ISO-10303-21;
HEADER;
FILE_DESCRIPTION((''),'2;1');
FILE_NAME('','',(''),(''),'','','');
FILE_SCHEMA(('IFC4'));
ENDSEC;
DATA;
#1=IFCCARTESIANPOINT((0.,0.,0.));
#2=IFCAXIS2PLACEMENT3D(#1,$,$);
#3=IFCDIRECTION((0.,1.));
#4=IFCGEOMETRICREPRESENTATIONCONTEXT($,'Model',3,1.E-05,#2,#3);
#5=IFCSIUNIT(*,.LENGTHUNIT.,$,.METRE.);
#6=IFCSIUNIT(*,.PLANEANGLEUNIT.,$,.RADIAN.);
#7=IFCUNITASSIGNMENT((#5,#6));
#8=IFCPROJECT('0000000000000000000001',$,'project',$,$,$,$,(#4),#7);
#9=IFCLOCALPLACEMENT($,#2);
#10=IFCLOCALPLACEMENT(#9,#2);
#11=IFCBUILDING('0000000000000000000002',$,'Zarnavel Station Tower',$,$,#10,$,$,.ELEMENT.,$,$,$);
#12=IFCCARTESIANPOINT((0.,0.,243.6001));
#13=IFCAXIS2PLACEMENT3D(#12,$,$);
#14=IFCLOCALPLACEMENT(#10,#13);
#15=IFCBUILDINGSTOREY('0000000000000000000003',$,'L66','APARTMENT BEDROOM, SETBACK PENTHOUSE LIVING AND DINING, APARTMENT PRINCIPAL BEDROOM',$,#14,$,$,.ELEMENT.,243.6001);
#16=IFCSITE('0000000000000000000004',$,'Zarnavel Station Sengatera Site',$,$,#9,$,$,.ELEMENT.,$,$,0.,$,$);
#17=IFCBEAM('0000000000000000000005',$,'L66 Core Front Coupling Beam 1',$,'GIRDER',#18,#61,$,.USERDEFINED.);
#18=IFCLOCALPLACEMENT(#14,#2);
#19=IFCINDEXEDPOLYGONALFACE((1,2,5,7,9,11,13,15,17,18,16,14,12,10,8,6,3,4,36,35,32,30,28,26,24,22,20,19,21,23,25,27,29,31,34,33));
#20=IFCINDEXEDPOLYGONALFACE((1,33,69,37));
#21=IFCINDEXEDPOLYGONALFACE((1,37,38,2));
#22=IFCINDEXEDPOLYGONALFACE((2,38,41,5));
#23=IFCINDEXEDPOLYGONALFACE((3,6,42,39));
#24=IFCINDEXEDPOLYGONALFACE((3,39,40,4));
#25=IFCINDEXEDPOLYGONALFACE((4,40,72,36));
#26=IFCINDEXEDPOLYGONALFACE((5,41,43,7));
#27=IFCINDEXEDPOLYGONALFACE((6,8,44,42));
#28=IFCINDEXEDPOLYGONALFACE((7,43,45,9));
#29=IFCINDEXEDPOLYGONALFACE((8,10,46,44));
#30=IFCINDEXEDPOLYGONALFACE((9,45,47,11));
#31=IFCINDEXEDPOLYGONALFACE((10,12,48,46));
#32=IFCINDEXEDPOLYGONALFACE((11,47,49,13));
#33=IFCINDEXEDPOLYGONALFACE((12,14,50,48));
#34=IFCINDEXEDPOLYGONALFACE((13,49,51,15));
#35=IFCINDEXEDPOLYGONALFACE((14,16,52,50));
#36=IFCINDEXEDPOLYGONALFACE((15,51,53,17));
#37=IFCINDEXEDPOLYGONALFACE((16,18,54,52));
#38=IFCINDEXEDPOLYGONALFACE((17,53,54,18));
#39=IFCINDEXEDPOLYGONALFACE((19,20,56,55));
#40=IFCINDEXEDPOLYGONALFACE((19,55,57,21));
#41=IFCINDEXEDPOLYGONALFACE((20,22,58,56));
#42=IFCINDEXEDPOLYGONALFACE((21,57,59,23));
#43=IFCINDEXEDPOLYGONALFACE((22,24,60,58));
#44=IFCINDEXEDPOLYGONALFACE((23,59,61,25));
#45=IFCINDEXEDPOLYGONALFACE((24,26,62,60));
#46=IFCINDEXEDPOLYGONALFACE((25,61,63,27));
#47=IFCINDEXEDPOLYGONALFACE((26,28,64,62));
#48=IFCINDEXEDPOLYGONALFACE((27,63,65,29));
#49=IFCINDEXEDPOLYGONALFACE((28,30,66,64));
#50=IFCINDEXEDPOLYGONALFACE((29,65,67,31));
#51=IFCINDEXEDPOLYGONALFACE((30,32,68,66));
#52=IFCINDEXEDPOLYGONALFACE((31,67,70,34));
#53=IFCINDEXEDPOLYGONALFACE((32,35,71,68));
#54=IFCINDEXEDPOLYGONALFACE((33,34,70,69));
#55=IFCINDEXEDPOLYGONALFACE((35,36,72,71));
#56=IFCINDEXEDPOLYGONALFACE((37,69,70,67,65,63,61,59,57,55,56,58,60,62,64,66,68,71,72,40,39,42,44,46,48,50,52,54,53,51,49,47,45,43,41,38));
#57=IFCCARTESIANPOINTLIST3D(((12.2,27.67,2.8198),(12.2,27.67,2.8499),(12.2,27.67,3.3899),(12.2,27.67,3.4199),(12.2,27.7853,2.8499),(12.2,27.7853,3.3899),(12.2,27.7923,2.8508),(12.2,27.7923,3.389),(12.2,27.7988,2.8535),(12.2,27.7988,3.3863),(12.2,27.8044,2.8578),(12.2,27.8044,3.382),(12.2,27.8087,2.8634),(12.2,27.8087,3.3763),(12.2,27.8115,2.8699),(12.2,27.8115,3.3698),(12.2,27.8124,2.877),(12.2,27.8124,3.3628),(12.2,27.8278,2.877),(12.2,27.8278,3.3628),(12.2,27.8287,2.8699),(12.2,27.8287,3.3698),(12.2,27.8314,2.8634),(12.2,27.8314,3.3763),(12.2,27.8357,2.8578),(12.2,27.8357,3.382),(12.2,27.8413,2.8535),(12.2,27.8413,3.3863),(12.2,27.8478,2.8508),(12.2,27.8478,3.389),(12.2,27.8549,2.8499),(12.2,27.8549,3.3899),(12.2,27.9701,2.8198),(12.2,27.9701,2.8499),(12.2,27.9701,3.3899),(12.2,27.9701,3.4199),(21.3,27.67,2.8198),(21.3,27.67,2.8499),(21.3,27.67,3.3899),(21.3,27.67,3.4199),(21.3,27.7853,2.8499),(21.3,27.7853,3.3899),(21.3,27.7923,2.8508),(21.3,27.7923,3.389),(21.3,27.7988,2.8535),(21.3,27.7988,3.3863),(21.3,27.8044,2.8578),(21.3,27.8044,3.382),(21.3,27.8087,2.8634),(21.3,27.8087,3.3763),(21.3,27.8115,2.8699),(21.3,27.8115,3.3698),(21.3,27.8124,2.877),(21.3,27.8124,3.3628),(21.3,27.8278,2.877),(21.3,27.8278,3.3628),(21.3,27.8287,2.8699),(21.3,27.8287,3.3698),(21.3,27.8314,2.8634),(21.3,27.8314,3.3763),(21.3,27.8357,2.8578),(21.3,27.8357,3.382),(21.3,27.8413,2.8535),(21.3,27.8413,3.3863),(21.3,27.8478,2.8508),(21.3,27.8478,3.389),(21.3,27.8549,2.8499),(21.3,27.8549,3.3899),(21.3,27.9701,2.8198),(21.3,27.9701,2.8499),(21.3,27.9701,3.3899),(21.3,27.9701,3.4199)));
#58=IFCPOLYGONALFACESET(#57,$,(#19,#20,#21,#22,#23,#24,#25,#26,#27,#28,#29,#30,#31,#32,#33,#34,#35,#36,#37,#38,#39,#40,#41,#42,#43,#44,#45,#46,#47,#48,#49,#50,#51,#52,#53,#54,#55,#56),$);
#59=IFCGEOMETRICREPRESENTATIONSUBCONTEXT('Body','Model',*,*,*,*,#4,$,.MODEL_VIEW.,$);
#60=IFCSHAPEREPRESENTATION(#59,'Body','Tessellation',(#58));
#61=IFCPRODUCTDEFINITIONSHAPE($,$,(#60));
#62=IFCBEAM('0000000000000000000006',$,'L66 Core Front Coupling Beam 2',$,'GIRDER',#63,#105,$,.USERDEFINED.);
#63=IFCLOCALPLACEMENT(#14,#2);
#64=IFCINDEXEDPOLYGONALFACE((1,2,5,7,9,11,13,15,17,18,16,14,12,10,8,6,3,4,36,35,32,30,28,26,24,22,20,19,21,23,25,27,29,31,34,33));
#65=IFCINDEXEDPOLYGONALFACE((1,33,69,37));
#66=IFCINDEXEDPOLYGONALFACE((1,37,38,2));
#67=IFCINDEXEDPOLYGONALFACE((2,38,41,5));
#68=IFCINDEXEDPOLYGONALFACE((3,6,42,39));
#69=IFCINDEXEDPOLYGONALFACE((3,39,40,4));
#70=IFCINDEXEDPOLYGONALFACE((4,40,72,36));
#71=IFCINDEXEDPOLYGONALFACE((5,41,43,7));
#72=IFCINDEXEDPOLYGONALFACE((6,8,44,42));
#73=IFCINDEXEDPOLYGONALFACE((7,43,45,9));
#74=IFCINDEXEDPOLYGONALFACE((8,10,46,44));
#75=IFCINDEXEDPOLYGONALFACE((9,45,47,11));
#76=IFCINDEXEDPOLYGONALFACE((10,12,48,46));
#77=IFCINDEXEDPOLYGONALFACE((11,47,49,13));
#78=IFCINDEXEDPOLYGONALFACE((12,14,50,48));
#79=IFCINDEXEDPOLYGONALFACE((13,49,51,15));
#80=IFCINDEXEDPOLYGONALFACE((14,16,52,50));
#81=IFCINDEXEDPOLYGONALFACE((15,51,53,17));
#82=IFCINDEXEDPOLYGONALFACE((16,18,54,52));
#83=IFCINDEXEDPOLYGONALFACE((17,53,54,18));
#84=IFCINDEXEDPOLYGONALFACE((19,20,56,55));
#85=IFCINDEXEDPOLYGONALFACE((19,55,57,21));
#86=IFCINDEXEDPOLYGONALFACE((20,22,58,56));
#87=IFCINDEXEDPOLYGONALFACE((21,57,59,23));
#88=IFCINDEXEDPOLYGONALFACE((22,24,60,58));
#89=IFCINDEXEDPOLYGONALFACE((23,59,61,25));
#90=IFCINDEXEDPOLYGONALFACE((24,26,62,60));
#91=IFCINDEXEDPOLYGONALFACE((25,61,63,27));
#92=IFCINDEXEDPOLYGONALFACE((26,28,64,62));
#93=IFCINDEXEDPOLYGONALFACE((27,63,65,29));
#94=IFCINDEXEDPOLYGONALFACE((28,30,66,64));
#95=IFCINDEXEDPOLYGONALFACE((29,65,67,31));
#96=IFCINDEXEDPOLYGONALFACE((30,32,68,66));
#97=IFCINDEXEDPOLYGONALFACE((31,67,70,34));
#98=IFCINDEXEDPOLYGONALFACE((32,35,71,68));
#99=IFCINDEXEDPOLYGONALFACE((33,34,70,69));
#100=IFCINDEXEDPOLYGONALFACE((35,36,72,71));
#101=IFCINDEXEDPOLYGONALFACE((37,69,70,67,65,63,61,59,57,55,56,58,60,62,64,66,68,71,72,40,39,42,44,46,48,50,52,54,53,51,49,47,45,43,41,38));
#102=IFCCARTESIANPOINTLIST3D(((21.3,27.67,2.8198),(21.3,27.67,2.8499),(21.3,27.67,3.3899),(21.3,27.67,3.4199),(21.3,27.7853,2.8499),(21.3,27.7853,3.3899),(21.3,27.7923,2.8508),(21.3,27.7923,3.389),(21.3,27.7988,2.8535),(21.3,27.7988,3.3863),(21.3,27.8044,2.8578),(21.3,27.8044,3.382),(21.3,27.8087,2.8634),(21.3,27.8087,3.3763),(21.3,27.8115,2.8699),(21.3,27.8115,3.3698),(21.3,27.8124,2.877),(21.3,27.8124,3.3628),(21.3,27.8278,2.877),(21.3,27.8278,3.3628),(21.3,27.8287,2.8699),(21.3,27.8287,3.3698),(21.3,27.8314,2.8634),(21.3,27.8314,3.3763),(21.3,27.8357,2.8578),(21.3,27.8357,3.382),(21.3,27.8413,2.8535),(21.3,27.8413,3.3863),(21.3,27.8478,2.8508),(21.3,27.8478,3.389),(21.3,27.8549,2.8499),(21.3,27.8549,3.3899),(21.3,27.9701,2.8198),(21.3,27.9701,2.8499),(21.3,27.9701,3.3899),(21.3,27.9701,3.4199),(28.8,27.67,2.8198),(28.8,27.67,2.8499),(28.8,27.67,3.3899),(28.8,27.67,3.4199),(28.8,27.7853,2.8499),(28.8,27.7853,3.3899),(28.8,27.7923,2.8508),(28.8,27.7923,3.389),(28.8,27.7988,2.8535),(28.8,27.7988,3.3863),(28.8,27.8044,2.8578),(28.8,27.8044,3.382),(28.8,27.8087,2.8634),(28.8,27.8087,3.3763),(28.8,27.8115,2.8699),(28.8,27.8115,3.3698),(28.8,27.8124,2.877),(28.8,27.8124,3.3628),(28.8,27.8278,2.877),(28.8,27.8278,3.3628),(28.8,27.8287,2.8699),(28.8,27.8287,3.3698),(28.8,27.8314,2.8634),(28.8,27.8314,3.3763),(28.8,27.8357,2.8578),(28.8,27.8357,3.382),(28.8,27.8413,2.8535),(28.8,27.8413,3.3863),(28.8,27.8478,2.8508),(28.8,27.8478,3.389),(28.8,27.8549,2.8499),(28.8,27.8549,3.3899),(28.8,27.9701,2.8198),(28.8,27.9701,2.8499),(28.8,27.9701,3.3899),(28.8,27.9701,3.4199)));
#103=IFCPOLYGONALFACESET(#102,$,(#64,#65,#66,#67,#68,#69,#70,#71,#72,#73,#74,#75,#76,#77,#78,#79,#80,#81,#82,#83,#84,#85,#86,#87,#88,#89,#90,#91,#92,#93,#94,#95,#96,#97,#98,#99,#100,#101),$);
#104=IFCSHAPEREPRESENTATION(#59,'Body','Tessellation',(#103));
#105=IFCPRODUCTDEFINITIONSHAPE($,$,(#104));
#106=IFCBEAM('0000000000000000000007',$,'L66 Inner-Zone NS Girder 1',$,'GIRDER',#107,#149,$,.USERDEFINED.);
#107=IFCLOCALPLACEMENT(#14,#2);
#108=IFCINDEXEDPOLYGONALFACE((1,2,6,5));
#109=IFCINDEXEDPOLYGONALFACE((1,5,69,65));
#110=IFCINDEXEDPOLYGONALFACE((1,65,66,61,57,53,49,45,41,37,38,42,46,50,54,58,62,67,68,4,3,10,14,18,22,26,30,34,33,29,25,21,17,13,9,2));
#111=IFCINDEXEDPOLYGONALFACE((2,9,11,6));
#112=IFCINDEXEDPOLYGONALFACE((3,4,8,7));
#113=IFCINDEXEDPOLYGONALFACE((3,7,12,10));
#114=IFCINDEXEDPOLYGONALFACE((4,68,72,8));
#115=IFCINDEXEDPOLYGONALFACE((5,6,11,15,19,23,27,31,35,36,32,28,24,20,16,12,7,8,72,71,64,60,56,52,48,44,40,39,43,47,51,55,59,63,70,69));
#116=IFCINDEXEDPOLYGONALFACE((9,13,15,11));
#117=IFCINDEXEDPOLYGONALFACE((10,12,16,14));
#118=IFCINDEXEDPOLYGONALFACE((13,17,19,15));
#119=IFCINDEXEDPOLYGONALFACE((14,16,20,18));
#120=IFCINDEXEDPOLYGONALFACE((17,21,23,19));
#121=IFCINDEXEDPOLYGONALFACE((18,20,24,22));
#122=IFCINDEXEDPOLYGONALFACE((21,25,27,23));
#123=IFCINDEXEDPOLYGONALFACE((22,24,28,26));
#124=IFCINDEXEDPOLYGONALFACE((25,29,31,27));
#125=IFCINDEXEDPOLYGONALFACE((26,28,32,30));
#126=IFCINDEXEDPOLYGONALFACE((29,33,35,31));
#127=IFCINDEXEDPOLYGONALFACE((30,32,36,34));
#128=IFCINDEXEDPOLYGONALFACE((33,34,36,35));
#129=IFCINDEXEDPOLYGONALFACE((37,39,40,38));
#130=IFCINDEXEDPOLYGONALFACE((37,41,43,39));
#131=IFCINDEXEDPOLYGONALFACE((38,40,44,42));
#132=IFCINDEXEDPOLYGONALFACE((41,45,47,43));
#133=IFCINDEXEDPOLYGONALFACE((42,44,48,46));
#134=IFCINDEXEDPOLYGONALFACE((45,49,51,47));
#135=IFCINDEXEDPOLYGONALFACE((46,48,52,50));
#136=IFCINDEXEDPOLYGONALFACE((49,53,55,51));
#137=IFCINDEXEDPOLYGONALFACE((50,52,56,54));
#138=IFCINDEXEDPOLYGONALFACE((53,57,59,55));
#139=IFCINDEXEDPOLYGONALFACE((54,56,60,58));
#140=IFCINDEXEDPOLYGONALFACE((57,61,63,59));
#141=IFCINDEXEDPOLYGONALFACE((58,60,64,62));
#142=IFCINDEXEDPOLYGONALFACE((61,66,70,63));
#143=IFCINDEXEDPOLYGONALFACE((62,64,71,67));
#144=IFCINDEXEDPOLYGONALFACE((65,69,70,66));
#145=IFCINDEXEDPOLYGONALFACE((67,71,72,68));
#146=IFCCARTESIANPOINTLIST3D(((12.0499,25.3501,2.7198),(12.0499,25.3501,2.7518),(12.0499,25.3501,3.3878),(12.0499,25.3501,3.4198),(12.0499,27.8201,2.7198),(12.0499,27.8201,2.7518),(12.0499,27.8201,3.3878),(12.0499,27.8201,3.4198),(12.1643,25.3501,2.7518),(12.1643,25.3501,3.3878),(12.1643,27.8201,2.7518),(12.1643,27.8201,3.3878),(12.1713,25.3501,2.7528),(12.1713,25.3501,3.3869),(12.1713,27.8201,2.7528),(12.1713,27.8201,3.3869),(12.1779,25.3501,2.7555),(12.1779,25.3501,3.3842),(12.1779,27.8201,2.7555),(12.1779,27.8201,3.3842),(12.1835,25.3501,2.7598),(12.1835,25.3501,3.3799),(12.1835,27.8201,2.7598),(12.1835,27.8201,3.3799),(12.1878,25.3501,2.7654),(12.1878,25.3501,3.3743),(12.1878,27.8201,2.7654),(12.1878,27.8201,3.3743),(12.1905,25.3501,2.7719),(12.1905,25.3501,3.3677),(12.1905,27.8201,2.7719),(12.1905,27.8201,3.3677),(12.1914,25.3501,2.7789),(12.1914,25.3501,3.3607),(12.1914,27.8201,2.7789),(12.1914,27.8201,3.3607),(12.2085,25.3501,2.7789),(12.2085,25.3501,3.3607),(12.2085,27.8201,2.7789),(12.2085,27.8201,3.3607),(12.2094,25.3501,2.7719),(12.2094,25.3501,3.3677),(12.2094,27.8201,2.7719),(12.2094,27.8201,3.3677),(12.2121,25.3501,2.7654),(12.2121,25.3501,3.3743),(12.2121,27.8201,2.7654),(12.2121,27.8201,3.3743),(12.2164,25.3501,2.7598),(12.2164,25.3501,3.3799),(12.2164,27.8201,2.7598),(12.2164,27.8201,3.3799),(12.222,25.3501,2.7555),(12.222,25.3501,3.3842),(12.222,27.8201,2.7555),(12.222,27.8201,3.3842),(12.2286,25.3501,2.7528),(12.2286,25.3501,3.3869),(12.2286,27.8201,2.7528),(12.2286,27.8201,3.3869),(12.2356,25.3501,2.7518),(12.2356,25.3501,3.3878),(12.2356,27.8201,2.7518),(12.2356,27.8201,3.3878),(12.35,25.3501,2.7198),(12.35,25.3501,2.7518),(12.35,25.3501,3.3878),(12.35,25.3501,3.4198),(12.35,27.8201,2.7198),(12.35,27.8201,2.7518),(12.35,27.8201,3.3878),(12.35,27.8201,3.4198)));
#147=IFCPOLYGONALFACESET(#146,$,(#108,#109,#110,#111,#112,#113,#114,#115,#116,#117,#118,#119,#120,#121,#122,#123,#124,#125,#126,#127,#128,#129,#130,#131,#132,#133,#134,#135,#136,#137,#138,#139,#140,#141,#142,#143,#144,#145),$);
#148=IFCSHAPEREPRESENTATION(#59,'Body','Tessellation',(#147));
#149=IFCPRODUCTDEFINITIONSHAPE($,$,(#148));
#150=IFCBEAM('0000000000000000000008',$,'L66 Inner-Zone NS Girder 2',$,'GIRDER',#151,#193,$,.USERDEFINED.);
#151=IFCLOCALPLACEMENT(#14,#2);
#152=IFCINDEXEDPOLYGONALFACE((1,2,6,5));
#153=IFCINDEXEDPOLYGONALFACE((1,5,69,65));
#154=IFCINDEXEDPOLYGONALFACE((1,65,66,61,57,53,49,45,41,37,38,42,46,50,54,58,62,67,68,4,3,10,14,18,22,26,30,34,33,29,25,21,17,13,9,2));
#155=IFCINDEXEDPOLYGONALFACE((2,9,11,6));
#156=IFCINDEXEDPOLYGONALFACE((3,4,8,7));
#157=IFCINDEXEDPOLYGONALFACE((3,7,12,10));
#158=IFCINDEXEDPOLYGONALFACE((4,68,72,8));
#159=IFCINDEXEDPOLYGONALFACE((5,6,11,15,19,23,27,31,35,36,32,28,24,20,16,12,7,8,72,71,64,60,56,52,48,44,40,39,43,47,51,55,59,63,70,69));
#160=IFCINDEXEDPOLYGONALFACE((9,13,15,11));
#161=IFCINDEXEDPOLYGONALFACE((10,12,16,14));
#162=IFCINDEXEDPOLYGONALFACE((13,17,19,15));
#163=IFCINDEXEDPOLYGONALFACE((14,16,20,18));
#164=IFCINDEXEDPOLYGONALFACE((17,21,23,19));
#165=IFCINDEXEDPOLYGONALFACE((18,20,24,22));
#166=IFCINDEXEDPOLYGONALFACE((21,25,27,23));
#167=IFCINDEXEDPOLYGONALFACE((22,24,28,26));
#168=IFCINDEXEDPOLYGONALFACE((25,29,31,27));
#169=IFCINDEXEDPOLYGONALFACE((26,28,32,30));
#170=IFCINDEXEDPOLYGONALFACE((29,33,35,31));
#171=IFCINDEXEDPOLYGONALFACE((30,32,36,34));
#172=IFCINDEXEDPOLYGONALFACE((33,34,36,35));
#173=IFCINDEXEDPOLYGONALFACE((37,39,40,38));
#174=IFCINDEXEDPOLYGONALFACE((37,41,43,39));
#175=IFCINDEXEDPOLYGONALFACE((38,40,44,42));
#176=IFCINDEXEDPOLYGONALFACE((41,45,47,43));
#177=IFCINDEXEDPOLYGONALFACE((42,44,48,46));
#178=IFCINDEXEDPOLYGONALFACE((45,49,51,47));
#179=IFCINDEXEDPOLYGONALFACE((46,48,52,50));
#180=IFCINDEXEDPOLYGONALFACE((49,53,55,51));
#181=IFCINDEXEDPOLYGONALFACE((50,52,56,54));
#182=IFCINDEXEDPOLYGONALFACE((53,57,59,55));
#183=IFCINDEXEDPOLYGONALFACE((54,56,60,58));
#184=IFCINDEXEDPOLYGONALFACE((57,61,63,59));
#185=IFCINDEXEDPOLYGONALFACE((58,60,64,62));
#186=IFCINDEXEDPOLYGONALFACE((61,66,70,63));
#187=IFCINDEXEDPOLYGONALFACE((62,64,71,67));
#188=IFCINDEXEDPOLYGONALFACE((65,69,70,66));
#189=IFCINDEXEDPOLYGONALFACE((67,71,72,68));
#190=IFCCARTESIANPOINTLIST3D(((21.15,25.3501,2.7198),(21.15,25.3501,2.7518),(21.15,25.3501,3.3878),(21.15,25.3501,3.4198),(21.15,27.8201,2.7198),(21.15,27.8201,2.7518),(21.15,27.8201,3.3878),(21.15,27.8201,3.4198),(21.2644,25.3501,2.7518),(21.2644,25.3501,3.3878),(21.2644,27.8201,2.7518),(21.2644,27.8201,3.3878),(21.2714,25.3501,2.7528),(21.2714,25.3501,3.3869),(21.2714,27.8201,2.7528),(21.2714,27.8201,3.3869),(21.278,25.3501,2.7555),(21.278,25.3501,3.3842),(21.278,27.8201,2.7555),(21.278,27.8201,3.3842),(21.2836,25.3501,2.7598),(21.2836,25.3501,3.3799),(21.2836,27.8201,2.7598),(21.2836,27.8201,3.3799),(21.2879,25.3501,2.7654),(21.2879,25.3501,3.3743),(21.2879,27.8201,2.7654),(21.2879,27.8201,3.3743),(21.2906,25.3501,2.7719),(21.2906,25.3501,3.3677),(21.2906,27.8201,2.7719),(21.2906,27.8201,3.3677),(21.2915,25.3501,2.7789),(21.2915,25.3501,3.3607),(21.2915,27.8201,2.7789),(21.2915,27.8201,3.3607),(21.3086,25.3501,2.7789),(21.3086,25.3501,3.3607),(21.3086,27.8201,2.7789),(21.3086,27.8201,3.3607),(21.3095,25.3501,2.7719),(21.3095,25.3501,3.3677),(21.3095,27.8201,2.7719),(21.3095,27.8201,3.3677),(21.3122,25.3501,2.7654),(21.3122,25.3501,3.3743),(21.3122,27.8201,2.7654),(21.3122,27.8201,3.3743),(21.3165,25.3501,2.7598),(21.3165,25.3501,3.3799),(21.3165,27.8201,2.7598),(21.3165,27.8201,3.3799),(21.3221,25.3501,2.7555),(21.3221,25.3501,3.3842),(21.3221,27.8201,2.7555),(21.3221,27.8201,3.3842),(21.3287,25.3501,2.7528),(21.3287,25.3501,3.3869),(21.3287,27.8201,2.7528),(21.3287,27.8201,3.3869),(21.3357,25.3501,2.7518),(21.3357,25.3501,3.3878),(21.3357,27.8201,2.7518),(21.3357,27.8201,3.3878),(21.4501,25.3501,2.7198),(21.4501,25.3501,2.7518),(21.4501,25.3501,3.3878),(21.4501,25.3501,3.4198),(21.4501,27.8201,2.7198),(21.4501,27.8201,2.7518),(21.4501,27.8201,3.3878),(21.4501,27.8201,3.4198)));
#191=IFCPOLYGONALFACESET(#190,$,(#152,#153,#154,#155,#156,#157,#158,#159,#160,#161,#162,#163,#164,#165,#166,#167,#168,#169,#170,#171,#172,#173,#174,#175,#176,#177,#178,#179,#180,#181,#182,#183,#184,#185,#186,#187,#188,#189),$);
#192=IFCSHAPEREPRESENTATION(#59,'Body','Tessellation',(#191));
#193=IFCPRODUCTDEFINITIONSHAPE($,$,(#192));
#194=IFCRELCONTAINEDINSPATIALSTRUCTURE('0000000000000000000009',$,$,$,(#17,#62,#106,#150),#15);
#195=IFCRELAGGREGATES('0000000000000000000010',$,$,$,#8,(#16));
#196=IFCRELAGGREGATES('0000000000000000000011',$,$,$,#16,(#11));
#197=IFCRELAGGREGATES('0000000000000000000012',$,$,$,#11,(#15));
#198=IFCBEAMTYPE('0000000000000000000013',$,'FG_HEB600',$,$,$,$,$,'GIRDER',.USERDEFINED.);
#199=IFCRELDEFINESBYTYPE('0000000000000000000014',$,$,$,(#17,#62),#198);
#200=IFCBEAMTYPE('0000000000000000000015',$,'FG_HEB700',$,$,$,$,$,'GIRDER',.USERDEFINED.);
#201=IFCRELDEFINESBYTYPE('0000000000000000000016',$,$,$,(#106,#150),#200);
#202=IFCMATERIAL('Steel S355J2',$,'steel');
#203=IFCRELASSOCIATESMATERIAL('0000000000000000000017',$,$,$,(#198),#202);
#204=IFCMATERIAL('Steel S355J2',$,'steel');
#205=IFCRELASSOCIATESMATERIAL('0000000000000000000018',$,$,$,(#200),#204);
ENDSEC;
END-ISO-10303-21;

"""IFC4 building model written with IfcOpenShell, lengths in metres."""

from ifc_helpers import new_model, si_unit, direction, frame, origin, origin_2d, place, context, subcontext, project, spatial, i_section, extrude, material, material_profile, profile_set, type_object, element, save


model = new_model("IFC4")

# Units and contexts
model_context = context("Model", 3, precision=1e-05, world=origin(), true_north=direction((0.0, 1.0)))
body_context = subcontext(model_context, "Body", "Model", "MODEL_VIEW")
ifc_project = project(units=[si_unit("LENGTHUNIT", "METRE"), si_unit("PLANEANGLEUNIT", "RADIAN")], contexts=[model_context])

# Site, building, storey
site_placement = place(None, origin())
site = spatial("IfcSite", under=ifc_project, at=site_placement, Name="Zarnavel Station Sengatera Site", CompositionType="ELEMENT", RefElevation=0.0)
building_placement = place(site_placement, origin())
building = spatial("IfcBuilding", under=site, at=building_placement, Name="Zarnavel Station Tower", CompositionType="ELEMENT")
storey_placement = place(building_placement, frame((0.0, 0.0, 243.6001)))
storey = spatial("IfcBuildingStorey", under=building, at=storey_placement, Name="L66", Description="APARTMENT BEDROOM, SETBACK PENTHOUSE LIVING AND DINING, APARTMENT PRINCIPAL BEDROOM", CompositionType="ELEMENT", Elevation=243.6001)

# Beams
ifc_material_1 = material(Name="Steel S355J2", Category="steel")
ifc_material_profile_1 = material_profile(ifc_material_1, i_section(OverallWidth=0.3, OverallDepth=0.6001, WebThickness=0.0154, FlangeThickness=0.03, FilletRadius=0.0271, at=origin_2d()), Name="HEB600")
ifc_profile_set_1 = profile_set([ifc_material_profile_1], Name="Steel S355J2")
beam_type_1 = type_object("IfcBeamType", Name="FG_HEB600", ElementType="GIRDER", PredefinedType="USERDEFINED", material=ifc_profile_set_1)
beam_1_placement = place(storey_placement, frame((12.2, 27.8201, 3.1199), z_axis=(1.0, 0.0, 0.0), x_axis=(0.0, 1.0, 0.0)))
element("IfcBeam", 1, at=beam_1_placement, inside=storey, type_object=beam_type_1, Name="L66 Core Front Coupling Beam 1", ObjectType="GIRDER", PredefinedType="USERDEFINED", context=body_context, shape_type="SweptSolid", body=[
    extrude(i_section(OverallWidth=0.3, OverallDepth=0.6001, WebThickness=0.0154, FlangeThickness=0.03, FilletRadius=0.0271, at=origin_2d()), origin(), (0.0, 0.0, 1.0), 9.1001),
])
beam_2_placement = place(storey_placement, frame((21.3, 27.8201, 3.1199), z_axis=(1.0, 0.0, 0.0), x_axis=(0.0, 1.0, 0.0)))
element("IfcBeam", 2, at=beam_2_placement, inside=storey, type_object=beam_type_1, Name="L66 Core Front Coupling Beam 2", ObjectType="GIRDER", PredefinedType="USERDEFINED", context=body_context, shape_type="SweptSolid", body=[
    extrude(i_section(OverallWidth=0.3, OverallDepth=0.6001, WebThickness=0.0154, FlangeThickness=0.03, FilletRadius=0.0271, at=origin_2d()), origin(), (0.0, 0.0, 1.0), 7.5),
])
ifc_material_2 = material(Name="Steel S355J2", Category="steel")
ifc_material_profile_2 = material_profile(ifc_material_2, i_section(OverallWidth=0.3, OverallDepth=0.7, WebThickness=0.0171, FlangeThickness=0.032, FilletRadius=0.0271, at=origin_2d()), Name="HEB700")
ifc_profile_set_2 = profile_set([ifc_material_profile_2], Name="Steel S355J2")
beam_type_2 = type_object("IfcBeamType", Name="FG_HEB700", ElementType="GIRDER", PredefinedType="USERDEFINED", material=ifc_profile_set_2)
for number, where, z_axis, x_axis, name in (
    (3, (12.2, 25.3501, 3.0698), (0.0, 1.0, 0.0), (-1.0, 0.0, 0.0), "L66 Inner-Zone NS Girder 1"),
    (4, (21.3, 25.3501, 3.0698), (0.0, 1.0, 0.0), (-1.0, 0.0, 0.0), "L66 Inner-Zone NS Girder 2"),
):
    element("IfcBeam", number, at=place(storey_placement, frame(where, z_axis=z_axis, x_axis=x_axis)), inside=storey, type_object=beam_type_2, Name=name, ObjectType="GIRDER", PredefinedType="USERDEFINED", context=body_context, shape_type="SweptSolid", body=[
        extrude(i_section(OverallWidth=0.3, OverallDepth=0.7, WebThickness=0.0171, FlangeThickness=0.032, FilletRadius=0.0271, at=origin_2d()), origin(), (0.0, 0.0, 1.0), 2.47),
    ])

save(model, "model.ifc")
